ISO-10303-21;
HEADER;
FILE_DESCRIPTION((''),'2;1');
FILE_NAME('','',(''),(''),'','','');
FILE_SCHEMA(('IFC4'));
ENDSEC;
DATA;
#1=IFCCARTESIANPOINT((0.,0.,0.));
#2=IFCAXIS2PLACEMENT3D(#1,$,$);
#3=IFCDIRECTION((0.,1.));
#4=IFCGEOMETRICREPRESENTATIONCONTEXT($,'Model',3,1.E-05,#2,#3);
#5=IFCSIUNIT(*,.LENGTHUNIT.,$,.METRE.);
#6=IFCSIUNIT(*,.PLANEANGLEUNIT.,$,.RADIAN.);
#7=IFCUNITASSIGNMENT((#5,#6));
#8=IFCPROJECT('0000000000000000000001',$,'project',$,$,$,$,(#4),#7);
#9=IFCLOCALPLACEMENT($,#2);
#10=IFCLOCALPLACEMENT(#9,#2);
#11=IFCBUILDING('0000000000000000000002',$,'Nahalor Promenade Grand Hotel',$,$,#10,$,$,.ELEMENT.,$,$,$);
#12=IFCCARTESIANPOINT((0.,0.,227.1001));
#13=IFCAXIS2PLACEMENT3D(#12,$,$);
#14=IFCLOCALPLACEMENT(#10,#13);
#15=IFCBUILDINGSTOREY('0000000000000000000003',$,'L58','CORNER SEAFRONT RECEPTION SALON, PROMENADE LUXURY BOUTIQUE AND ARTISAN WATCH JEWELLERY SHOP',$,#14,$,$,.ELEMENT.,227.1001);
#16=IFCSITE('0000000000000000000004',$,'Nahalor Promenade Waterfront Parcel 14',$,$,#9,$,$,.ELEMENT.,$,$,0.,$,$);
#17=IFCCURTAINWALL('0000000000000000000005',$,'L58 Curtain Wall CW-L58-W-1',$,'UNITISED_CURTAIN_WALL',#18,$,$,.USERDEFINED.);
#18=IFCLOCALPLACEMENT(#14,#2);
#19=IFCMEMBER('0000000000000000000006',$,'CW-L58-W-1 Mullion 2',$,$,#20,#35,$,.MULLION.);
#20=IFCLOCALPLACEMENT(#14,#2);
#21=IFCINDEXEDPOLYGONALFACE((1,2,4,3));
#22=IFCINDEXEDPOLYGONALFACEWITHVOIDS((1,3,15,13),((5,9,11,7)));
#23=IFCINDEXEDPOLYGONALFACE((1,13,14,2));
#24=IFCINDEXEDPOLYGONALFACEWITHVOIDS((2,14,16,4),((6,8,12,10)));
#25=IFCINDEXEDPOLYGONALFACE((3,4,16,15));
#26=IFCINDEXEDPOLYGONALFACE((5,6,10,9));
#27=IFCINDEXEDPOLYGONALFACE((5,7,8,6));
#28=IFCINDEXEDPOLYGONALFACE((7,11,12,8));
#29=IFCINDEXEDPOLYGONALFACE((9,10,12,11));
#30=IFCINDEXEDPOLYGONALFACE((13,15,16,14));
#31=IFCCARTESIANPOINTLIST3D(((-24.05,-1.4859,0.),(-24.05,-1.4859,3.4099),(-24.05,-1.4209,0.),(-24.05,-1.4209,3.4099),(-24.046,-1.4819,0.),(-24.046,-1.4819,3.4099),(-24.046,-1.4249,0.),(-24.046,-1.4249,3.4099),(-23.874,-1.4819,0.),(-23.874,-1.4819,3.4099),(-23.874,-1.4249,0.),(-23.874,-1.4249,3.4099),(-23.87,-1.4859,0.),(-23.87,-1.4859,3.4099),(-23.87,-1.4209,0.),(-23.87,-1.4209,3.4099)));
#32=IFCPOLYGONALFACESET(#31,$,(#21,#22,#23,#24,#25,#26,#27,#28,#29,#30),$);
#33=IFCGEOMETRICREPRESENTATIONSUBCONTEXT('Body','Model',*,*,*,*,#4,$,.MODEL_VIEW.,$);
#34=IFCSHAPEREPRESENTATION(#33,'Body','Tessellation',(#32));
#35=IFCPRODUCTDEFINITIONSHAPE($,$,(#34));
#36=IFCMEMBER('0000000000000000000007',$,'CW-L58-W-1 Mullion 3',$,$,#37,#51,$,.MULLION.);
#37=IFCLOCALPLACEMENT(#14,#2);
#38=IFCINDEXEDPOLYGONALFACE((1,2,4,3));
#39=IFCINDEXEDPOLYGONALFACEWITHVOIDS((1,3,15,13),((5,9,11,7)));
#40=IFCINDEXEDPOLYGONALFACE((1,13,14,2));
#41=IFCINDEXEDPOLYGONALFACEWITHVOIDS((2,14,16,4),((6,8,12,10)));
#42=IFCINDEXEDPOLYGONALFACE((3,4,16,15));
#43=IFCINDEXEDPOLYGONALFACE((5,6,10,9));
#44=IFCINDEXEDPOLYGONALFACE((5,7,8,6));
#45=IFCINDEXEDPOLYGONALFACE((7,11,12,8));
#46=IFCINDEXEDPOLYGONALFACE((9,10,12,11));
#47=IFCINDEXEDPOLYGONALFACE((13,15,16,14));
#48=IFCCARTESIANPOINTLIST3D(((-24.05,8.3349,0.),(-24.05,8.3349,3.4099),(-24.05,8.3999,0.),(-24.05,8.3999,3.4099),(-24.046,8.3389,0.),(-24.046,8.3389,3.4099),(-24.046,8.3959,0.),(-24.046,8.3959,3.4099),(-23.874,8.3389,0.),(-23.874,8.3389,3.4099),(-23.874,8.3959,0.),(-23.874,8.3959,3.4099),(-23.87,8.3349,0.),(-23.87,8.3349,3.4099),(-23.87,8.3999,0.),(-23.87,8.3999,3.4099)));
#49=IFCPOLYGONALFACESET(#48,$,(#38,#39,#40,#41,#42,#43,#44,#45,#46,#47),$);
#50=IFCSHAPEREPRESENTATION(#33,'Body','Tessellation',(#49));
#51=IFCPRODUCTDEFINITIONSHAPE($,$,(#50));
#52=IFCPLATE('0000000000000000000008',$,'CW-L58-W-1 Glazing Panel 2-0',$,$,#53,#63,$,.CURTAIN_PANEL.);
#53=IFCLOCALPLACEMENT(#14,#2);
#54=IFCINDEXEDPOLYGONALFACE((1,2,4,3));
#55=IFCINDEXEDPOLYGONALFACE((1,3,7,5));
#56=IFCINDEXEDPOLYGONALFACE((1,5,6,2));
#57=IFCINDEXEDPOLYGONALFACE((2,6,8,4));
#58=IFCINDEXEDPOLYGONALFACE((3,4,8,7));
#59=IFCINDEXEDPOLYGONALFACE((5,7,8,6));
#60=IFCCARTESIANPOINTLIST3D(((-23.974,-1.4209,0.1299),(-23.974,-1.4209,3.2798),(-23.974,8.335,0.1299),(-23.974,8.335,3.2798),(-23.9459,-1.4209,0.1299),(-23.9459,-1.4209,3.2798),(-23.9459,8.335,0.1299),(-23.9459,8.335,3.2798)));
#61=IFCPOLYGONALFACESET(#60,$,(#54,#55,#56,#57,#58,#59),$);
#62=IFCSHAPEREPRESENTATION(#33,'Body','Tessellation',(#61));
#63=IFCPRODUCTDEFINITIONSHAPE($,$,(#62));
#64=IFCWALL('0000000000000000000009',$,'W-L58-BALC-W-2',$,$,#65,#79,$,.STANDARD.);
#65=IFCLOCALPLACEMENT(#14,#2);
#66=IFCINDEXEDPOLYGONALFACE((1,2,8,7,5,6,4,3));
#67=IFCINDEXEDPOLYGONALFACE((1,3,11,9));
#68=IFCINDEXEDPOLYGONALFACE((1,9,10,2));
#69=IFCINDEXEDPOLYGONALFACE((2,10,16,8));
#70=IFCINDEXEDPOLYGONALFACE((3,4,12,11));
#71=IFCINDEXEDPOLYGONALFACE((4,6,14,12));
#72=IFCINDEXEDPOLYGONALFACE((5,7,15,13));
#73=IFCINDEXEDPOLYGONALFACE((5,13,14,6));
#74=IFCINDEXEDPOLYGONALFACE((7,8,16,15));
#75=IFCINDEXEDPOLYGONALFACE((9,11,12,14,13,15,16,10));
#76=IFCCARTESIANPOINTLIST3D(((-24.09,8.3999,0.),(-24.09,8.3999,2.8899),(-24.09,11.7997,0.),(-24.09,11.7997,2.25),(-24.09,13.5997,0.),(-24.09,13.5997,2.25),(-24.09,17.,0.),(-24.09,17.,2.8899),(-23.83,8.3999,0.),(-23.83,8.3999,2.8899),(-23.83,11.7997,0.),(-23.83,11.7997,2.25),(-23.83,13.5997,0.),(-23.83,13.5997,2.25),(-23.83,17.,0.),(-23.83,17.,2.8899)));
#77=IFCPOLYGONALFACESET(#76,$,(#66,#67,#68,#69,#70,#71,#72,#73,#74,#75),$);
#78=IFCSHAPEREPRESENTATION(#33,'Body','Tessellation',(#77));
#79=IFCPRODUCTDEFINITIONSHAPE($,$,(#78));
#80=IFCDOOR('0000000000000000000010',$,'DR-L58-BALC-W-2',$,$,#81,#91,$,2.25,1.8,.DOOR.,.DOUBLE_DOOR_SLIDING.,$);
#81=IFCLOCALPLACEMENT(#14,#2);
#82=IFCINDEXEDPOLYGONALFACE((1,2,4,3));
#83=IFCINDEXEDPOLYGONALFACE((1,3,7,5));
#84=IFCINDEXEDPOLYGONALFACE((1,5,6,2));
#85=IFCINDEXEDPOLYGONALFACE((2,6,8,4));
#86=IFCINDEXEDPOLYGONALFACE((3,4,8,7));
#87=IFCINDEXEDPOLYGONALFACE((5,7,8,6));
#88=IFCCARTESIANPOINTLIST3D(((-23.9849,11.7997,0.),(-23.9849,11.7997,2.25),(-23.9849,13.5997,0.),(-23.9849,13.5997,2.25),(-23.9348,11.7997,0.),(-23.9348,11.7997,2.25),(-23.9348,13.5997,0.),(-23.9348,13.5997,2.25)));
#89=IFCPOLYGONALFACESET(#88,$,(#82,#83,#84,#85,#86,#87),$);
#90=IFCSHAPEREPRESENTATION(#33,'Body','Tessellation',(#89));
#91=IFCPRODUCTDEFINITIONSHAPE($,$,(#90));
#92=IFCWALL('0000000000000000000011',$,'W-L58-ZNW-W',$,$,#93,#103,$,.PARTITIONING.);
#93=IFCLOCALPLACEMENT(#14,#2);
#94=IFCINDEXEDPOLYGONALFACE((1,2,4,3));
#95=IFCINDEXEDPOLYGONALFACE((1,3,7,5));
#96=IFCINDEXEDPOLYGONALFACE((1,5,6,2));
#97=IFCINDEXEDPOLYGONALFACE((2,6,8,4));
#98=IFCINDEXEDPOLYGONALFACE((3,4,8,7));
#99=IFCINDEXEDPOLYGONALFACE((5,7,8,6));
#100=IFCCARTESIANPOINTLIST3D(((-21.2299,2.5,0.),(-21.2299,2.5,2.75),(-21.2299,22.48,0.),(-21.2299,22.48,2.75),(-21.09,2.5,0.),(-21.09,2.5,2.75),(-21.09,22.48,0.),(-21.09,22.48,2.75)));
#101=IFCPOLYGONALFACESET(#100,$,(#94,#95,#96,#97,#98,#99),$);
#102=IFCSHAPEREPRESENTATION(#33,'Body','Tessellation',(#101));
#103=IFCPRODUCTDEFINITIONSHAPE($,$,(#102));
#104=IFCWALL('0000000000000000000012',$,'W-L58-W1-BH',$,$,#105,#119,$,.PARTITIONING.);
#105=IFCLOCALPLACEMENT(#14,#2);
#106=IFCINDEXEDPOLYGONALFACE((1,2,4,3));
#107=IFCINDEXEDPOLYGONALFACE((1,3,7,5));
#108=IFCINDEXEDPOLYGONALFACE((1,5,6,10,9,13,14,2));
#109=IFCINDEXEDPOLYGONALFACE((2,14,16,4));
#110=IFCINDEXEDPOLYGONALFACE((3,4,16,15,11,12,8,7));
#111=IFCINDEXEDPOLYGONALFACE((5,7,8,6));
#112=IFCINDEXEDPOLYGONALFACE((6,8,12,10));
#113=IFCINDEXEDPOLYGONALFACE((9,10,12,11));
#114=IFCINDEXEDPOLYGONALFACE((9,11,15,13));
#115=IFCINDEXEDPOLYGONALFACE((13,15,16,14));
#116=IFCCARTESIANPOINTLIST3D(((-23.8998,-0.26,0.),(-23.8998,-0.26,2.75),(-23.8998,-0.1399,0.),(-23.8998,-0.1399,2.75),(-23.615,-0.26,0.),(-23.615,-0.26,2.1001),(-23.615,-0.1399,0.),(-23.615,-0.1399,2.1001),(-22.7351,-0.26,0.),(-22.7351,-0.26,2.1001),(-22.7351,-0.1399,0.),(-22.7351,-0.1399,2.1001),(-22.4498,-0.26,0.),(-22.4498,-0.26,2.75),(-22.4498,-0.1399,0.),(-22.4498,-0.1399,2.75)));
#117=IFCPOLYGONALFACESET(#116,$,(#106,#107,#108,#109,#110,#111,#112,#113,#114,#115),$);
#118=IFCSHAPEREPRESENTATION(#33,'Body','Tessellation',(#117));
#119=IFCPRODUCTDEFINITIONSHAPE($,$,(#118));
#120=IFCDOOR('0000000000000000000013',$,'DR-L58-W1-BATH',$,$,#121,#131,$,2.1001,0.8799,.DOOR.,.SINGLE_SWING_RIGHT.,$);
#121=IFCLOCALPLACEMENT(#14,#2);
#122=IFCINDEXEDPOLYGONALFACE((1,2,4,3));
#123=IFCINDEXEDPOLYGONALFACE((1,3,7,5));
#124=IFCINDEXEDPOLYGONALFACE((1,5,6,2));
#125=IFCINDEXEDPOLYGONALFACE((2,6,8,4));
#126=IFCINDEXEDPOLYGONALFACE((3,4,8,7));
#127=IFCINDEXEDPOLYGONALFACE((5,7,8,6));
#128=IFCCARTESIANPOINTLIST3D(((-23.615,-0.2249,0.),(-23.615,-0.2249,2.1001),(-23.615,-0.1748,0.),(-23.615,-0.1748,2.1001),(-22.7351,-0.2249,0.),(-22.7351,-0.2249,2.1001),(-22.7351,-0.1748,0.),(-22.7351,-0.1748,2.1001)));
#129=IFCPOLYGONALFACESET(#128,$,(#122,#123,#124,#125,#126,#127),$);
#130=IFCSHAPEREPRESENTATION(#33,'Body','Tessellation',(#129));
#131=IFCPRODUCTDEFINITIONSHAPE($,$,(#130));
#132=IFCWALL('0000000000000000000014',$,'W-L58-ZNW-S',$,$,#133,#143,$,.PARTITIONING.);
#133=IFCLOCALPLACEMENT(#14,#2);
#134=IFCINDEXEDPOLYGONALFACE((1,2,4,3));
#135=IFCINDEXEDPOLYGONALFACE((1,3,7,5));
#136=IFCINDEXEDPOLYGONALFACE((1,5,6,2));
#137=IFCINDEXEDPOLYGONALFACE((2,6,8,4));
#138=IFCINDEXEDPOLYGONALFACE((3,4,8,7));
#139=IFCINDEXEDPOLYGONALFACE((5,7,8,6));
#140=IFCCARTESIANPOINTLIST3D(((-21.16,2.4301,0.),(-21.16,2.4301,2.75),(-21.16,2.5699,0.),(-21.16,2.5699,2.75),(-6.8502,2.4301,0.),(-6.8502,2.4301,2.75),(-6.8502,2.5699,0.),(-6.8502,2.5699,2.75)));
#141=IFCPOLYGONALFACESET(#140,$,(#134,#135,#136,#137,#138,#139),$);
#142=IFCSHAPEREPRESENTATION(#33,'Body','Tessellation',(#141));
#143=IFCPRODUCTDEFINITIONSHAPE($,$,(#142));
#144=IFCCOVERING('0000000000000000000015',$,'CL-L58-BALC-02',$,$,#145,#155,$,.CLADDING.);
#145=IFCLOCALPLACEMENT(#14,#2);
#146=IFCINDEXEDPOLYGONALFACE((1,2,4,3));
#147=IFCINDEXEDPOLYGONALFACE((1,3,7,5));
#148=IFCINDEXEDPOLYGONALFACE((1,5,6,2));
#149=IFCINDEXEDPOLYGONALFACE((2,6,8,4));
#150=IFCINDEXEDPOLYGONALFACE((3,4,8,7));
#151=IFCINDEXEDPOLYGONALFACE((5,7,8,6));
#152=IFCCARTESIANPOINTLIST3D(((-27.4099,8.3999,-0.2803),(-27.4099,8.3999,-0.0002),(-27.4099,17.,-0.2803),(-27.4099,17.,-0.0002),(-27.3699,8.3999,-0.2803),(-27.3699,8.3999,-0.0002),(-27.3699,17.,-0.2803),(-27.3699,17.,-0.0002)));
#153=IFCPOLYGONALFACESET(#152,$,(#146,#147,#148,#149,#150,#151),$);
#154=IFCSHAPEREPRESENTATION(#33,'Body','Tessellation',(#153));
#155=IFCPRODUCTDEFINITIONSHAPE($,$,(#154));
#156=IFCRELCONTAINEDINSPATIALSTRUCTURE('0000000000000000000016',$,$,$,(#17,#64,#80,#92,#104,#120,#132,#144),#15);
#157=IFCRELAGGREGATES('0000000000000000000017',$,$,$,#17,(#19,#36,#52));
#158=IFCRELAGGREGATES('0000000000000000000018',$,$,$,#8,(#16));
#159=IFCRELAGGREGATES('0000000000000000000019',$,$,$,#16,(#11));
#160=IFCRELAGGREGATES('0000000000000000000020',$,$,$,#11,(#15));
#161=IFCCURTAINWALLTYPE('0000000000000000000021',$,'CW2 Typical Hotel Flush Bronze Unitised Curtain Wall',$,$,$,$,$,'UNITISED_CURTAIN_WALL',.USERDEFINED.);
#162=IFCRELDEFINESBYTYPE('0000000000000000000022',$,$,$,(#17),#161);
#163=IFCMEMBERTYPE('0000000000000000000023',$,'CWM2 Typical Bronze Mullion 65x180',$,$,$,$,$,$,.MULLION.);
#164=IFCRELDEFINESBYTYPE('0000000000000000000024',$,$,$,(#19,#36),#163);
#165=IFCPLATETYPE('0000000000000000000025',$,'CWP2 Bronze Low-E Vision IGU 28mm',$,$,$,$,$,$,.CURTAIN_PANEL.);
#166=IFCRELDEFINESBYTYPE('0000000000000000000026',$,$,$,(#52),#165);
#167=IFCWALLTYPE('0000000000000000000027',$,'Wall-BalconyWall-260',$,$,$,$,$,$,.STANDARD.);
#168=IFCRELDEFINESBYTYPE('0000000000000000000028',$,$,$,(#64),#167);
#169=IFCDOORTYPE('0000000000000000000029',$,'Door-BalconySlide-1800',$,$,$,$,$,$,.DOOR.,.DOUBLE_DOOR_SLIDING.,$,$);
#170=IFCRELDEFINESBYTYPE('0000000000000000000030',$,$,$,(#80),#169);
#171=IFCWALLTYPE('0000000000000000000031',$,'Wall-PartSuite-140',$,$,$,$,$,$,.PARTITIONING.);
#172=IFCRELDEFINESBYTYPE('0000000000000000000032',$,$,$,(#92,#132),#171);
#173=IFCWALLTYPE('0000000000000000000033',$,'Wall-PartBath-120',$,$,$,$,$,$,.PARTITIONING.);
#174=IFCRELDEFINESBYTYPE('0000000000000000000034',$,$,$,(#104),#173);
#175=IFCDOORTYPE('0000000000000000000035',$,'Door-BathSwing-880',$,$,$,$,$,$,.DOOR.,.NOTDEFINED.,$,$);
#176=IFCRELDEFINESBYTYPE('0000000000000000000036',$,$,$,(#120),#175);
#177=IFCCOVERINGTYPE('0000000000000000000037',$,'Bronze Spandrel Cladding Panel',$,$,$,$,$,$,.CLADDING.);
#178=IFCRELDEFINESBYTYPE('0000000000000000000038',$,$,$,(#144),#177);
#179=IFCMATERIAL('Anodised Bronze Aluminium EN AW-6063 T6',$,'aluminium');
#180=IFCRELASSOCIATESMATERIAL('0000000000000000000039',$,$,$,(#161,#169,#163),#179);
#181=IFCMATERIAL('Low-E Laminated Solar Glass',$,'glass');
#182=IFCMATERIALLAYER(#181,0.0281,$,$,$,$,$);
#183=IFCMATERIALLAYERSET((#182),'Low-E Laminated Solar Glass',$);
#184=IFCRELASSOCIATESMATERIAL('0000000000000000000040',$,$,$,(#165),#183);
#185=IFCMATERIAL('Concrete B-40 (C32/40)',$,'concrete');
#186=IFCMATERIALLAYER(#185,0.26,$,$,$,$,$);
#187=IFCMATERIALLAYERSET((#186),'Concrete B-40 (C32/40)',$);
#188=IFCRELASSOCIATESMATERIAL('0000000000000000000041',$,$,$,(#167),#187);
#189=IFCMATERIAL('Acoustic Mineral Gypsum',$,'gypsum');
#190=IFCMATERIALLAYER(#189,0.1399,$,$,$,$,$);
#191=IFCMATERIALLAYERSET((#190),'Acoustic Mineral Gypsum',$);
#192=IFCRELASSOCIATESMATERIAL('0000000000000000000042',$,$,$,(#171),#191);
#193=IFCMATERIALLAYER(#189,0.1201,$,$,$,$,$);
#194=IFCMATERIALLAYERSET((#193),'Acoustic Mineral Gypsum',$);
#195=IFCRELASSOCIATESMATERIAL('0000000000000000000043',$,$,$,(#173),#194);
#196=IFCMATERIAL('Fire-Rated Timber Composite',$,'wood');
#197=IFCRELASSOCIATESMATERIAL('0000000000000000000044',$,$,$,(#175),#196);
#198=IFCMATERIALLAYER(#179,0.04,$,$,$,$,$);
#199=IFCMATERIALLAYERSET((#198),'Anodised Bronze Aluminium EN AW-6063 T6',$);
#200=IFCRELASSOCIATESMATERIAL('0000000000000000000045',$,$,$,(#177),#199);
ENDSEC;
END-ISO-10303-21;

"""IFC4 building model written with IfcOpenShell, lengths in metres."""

from ifc_helpers import new_model, si_unit, direction, frame, frame_2d, origin, origin_2d, place, context, subcontext, project, spatial, rectangle, hollow_rectangle, extrude, source, transform, mapped, material, layer, layer_set, material_profile, profile_set, type_object, element, fill, aggregate, save


model = new_model("IFC4")

# Units and contexts
model_context = context("Model", 3, precision=1e-05, world=origin(), true_north=direction((0.0, 1.0)))
body_context = subcontext(model_context, "Body", "Model", "MODEL_VIEW")
ifc_project = project(units=[si_unit("LENGTHUNIT", "METRE"), si_unit("PLANEANGLEUNIT", "RADIAN")], contexts=[model_context])

# Site, building, storey
site_placement = place(None, origin())
site = spatial("IfcSite", under=ifc_project, at=site_placement, Name="Nahalor Promenade Waterfront Parcel 14", CompositionType="ELEMENT", RefElevation=0.0)
building_placement = place(site_placement, origin())
building = spatial("IfcBuilding", under=site, at=building_placement, Name="Nahalor Promenade Grand Hotel", CompositionType="ELEMENT")
storey_placement = place(building_placement, frame((0.0, 0.0, 227.1001)))
storey = spatial("IfcBuildingStorey", under=building, at=storey_placement, Name="L58", Description="CORNER SEAFRONT RECEPTION SALON, PROMENADE LUXURY BOUTIQUE AND ARTISAN WATCH JEWELLERY SHOP", CompositionType="ELEMENT", Elevation=227.1001)

# Curtain wall, members, plate
ifc_material_1 = material(Name="Anodised Bronze Aluminium EN AW-6063 T6", Category="aluminium")
curtain_wall_type = type_object("IfcCurtainWallType", Name="CW2 Typical Hotel Flush Bronze Unitised Curtain Wall", ElementType="UNITISED_CURTAIN_WALL", PredefinedType="USERDEFINED", material=ifc_material_1)
curtain_wall_placement = place(storey_placement, origin())
curtain_wall = element("IfcCurtainWall", 1, at=curtain_wall_placement, inside=storey, type_object=curtain_wall_type, Name="L58 Curtain Wall CW-L58-W-1", ObjectType="UNITISED_CURTAIN_WALL", PredefinedType="USERDEFINED")
ifc_material_profile_1 = material_profile(ifc_material_1, hollow_rectangle(XDim=0.065, YDim=0.18, WallThickness=0.004, at=origin_2d()), Name="CWM 65x180x4")
ifc_profile_set_1 = profile_set([ifc_material_profile_1], Name="Anodised Bronze Aluminium EN AW-6063 T6")
member_type_1 = type_object("IfcMemberType", Name="CWM2 Typical Bronze Mullion 65x180", PredefinedType="MULLION", material=ifc_profile_set_1)
shared_shape_1 = source(origin(), body_context, "Body", "SweptSolid", [
    extrude(hollow_rectangle(XDim=0.065, YDim=0.18, WallThickness=0.004, at=origin_2d()), origin(), (0.0, 0.0, 1.0), 3.4099),
])
member_1_placement = place(storey_placement, frame((-23.96, -1.4534, 0.0), z_axis=(0.0, 0.0, 1.0), x_axis=(0.0, 1.0, 0.0)))
member_1 = element("IfcMember", 2, at=member_1_placement, type_object=member_type_1, Name="CW-L58-W-1 Mullion 2", PredefinedType="MULLION", context=body_context, shape_type="MappedRepresentation", body=[
    mapped(shared_shape_1, transform((0.0, 0.0, 0.0), scale=1.0)),
])
member_2_placement = place(storey_placement, frame((-23.96, 8.3674, 0.0), z_axis=(0.0, 0.0, 1.0), x_axis=(0.0, 1.0, 0.0)))
member_2 = element("IfcMember", 3, at=member_2_placement, type_object=member_type_1, Name="CW-L58-W-1 Mullion 3", PredefinedType="MULLION", context=body_context, shape_type="MappedRepresentation", body=[
    mapped(shared_shape_1, transform((0.0, 0.0, 0.0), scale=1.0)),
])
ifc_material_2 = material(Name="Low-E Laminated Solar Glass", Category="glass")
ifc_layer_1 = layer(ifc_material_2, 0.0281)
ifc_layer_set_1 = layer_set([ifc_layer_1], Name="Low-E Laminated Solar Glass")
plate_type = type_object("IfcPlateType", Name="CWP2 Bronze Low-E Vision IGU 28mm", PredefinedType="CURTAIN_PANEL", material=ifc_layer_set_1)
shared_shape_2 = source(origin(), body_context, "Body", "SweptSolid", [
    extrude(rectangle(XDim=9.7559, YDim=0.0281, at=origin_2d()), origin(), (0.0, 0.0, 1.0), 3.1499),
])
plate_placement = place(storey_placement, frame((-23.96, 3.457, 0.1299), z_axis=(0.0, 0.0, 1.0), x_axis=(0.0, 1.0, 0.0)))
plate = element("IfcPlate", 4, at=plate_placement, type_object=plate_type, Name="CW-L58-W-1 Glazing Panel 2-0", PredefinedType="CURTAIN_PANEL", context=body_context, shape_type="MappedRepresentation", body=[
    mapped(shared_shape_2, transform((0.0, 0.0, 0.0), scale=1.0)),
])
aggregate(curtain_wall, [member_1, member_2, plate])

# Wall, opening, door
ifc_material_3 = material(Name="Concrete B-40 (C32/40)", Category="concrete")
ifc_layer_2 = layer(ifc_material_3, 0.26)
ifc_layer_set_2 = layer_set([ifc_layer_2], Name="Concrete B-40 (C32/40)")
wall_type_1 = type_object("IfcWallType", Name="Wall-BalconyWall-260", PredefinedType="STANDARD", material=ifc_layer_set_2)
shared_shape_3 = source(origin(), body_context, "Body", "SweptSolid", [
    extrude(rectangle(XDim=8.6001, YDim=0.26, at=frame_2d((4.3, 0.0))), origin(), (0.0, 0.0, 1.0), 2.8899),
])
wall_1_placement = place(storey_placement, frame((-23.96, 8.3999, 0.0), z_axis=(0.0, 0.0, 1.0), x_axis=(0.0, 1.0, 0.0)))
wall_1 = element("IfcWall", 5, at=wall_1_placement, inside=storey, type_object=wall_type_1, Name="W-L58-BALC-W-2", PredefinedType="STANDARD", context=body_context, shape_type="MappedRepresentation", body=[
    mapped(shared_shape_3, transform((0.0, 0.0, 0.0), scale=1.0)),
])
opening_1_placement = place(wall_1_placement, frame((3.3999, 0.0, 0.0)))
opening_1 = element("IfcOpeningElement", 6, at=opening_1_placement, cuts=wall_1, PredefinedType="OPENING", context=body_context, shape_type="SweptSolid", body=[
    extrude(rectangle(XDim=1.8, YDim=2.25, at=frame_2d((0.8999, 1.125))), frame((0.0, 0.1399, 0.0), z_axis=(0.0, -1.0, 0.0), x_axis=(1.0, 0.0, 0.0)), (0.0, 0.0, 1.0), 0.28),
])
door_type_1 = type_object("IfcDoorType", Name="Door-BalconySlide-1800", OperationType="DOUBLE_DOOR_SLIDING", PredefinedType="DOOR", material=ifc_material_1)
shared_shape_4 = source(origin(), body_context, "Body", "SweptSolid", [
    extrude(rectangle(XDim=1.8, YDim=2.25, at=frame_2d((0.8999, 1.125))), frame((0.0, 0.0249, 0.0), z_axis=(0.0, -1.0, 0.0), x_axis=(1.0, 0.0, 0.0)), (0.0, 0.0, 1.0), 0.05),
])
door_1_placement = place(opening_1_placement, origin())
door_1 = element("IfcDoor", 7, at=door_1_placement, inside=storey, type_object=door_type_1, Name="DR-L58-BALC-W-2", OperationType="DOUBLE_DOOR_SLIDING", OverallHeight=2.25, OverallWidth=1.8, PredefinedType="DOOR", context=body_context, shape_type="MappedRepresentation", body=[
    mapped(shared_shape_4, transform((0.0, 0.0, 0.0), scale=1.0)),
])
fill(opening_1, door_1)

# Wall
ifc_material_4 = material(Name="Acoustic Mineral Gypsum", Category="gypsum")
ifc_layer_3 = layer(ifc_material_4, 0.1399)
ifc_layer_set_3 = layer_set([ifc_layer_3], Name="Acoustic Mineral Gypsum")
wall_type_2 = type_object("IfcWallType", Name="Wall-PartSuite-140", PredefinedType="PARTITIONING", material=ifc_layer_set_3)
shared_shape_5 = source(origin(), body_context, "Body", "SweptSolid", [
    extrude(rectangle(XDim=19.98, YDim=0.1399, at=frame_2d((9.99, 0.0))), origin(), (0.0, 0.0, 1.0), 2.75),
])
wall_2_placement = place(storey_placement, frame((-21.1599, 2.5, 0.0), z_axis=(0.0, 0.0, 1.0), x_axis=(0.0, 1.0, 0.0)))
element("IfcWall", 8, at=wall_2_placement, inside=storey, type_object=wall_type_2, Name="W-L58-ZNW-W", PredefinedType="PARTITIONING", context=body_context, shape_type="MappedRepresentation", body=[
    mapped(shared_shape_5, transform((0.0, 0.0, 0.0), scale=1.0)),
])

# Wall, opening, door
ifc_layer_4 = layer(ifc_material_4, 0.1201)
ifc_layer_set_4 = layer_set([ifc_layer_4], Name="Acoustic Mineral Gypsum")
wall_type_3 = type_object("IfcWallType", Name="Wall-PartBath-120", PredefinedType="PARTITIONING", material=ifc_layer_set_4)
shared_shape_6 = source(origin(), body_context, "Body", "SweptSolid", [
    extrude(rectangle(XDim=1.45, YDim=0.1201, at=frame_2d((0.7251, 0.0))), origin(), (0.0, 0.0, 1.0), 2.75),
])
wall_3_placement = place(storey_placement, frame((-23.8999, -0.2, 0.0), z_axis=(0.0, 0.0, 1.0), x_axis=(1.0, 0.0, 0.0)))
wall_3 = element("IfcWall", 9, at=wall_3_placement, inside=storey, type_object=wall_type_3, Name="W-L58-W1-BH", PredefinedType="PARTITIONING", context=body_context, shape_type="MappedRepresentation", body=[
    mapped(shared_shape_6, transform((0.0, 0.0, 0.0), scale=1.0)),
])
opening_2_placement = place(wall_3_placement, frame((0.2849, 0.0, 0.0)))
opening_2 = element("IfcOpeningElement", 10, at=opening_2_placement, cuts=wall_3, PredefinedType="OPENING", context=body_context, shape_type="SweptSolid", body=[
    extrude(rectangle(XDim=0.8799, YDim=2.1001, at=frame_2d((0.4399, 1.05))), frame((0.0, 0.0701, 0.0), z_axis=(0.0, -1.0, 0.0), x_axis=(1.0, 0.0, 0.0)), (0.0, 0.0, 1.0), 0.1401),
])
ifc_material_5 = material(Name="Fire-Rated Timber Composite", Category="wood")
door_type_2 = type_object("IfcDoorType", Name="Door-BathSwing-880", OperationType="NOTDEFINED", PredefinedType="DOOR", material=ifc_material_5)
shared_shape_7 = source(origin(), body_context, "Body", "SweptSolid", [
    extrude(rectangle(XDim=0.8799, YDim=2.1001, at=frame_2d((0.4399, 1.05))), frame((0.0, 0.0249, 0.0), z_axis=(0.0, -1.0, 0.0), x_axis=(1.0, 0.0, 0.0)), (0.0, 0.0, 1.0), 0.05),
])
door_2_placement = place(opening_2_placement, frame((0.8799, 0.0, 0.0), z_axis=(0.0, 0.0, 1.0), x_axis=(-1.0, 0.0, 0.0)))
door_2 = element("IfcDoor", 11, at=door_2_placement, inside=storey, type_object=door_type_2, Name="DR-L58-W1-BATH", OperationType="SINGLE_SWING_RIGHT", OverallHeight=2.1001, OverallWidth=0.8799, PredefinedType="DOOR", context=body_context, shape_type="MappedRepresentation", body=[
    mapped(shared_shape_7, transform((0.0, 0.0, 0.0), scale=1.0)),
])
fill(opening_2, door_2)

# Wall
shared_shape_8 = source(origin(), body_context, "Body", "SweptSolid", [
    extrude(rectangle(XDim=14.3098, YDim=0.1399, at=frame_2d((7.1548, 0.0))), origin(), (0.0, 0.0, 1.0), 2.75),
])
wall_4_placement = place(storey_placement, frame((-21.1599, 2.5, 0.0), z_axis=(0.0, 0.0, 1.0), x_axis=(1.0, 0.0, 0.0)))
element("IfcWall", 12, at=wall_4_placement, inside=storey, type_object=wall_type_2, Name="W-L58-ZNW-S", PredefinedType="PARTITIONING", context=body_context, shape_type="MappedRepresentation", body=[
    mapped(shared_shape_8, transform((0.0, 0.0, 0.0), scale=1.0)),
])

# Covering
ifc_layer_5 = layer(ifc_material_1, 0.04)
ifc_layer_set_5 = layer_set([ifc_layer_5], Name="Anodised Bronze Aluminium EN AW-6063 T6")
covering_type = type_object("IfcCoveringType", Name="Bronze Spandrel Cladding Panel", PredefinedType="CLADDING", material=ifc_layer_set_5)
shared_shape_9 = source(origin(), body_context, "Body", "SweptSolid", [
    extrude(rectangle(XDim=8.6001, YDim=0.04, at=origin_2d()), origin(), (0.0, 0.0, 1.0), 0.28),
])
covering_placement = place(storey_placement, frame((-27.3899, 12.7, -0.2803), z_axis=(0.0, 0.0, 1.0), x_axis=(0.0, 1.0, 0.0)))
element("IfcCovering", 13, at=covering_placement, inside=storey, type_object=covering_type, Name="CL-L58-BALC-02", PredefinedType="CLADDING", context=body_context, shape_type="MappedRepresentation", body=[
    mapped(shared_shape_9, transform((0.0, 0.0, 0.0), scale=1.0)),
])

save(model, "model.ifc")
